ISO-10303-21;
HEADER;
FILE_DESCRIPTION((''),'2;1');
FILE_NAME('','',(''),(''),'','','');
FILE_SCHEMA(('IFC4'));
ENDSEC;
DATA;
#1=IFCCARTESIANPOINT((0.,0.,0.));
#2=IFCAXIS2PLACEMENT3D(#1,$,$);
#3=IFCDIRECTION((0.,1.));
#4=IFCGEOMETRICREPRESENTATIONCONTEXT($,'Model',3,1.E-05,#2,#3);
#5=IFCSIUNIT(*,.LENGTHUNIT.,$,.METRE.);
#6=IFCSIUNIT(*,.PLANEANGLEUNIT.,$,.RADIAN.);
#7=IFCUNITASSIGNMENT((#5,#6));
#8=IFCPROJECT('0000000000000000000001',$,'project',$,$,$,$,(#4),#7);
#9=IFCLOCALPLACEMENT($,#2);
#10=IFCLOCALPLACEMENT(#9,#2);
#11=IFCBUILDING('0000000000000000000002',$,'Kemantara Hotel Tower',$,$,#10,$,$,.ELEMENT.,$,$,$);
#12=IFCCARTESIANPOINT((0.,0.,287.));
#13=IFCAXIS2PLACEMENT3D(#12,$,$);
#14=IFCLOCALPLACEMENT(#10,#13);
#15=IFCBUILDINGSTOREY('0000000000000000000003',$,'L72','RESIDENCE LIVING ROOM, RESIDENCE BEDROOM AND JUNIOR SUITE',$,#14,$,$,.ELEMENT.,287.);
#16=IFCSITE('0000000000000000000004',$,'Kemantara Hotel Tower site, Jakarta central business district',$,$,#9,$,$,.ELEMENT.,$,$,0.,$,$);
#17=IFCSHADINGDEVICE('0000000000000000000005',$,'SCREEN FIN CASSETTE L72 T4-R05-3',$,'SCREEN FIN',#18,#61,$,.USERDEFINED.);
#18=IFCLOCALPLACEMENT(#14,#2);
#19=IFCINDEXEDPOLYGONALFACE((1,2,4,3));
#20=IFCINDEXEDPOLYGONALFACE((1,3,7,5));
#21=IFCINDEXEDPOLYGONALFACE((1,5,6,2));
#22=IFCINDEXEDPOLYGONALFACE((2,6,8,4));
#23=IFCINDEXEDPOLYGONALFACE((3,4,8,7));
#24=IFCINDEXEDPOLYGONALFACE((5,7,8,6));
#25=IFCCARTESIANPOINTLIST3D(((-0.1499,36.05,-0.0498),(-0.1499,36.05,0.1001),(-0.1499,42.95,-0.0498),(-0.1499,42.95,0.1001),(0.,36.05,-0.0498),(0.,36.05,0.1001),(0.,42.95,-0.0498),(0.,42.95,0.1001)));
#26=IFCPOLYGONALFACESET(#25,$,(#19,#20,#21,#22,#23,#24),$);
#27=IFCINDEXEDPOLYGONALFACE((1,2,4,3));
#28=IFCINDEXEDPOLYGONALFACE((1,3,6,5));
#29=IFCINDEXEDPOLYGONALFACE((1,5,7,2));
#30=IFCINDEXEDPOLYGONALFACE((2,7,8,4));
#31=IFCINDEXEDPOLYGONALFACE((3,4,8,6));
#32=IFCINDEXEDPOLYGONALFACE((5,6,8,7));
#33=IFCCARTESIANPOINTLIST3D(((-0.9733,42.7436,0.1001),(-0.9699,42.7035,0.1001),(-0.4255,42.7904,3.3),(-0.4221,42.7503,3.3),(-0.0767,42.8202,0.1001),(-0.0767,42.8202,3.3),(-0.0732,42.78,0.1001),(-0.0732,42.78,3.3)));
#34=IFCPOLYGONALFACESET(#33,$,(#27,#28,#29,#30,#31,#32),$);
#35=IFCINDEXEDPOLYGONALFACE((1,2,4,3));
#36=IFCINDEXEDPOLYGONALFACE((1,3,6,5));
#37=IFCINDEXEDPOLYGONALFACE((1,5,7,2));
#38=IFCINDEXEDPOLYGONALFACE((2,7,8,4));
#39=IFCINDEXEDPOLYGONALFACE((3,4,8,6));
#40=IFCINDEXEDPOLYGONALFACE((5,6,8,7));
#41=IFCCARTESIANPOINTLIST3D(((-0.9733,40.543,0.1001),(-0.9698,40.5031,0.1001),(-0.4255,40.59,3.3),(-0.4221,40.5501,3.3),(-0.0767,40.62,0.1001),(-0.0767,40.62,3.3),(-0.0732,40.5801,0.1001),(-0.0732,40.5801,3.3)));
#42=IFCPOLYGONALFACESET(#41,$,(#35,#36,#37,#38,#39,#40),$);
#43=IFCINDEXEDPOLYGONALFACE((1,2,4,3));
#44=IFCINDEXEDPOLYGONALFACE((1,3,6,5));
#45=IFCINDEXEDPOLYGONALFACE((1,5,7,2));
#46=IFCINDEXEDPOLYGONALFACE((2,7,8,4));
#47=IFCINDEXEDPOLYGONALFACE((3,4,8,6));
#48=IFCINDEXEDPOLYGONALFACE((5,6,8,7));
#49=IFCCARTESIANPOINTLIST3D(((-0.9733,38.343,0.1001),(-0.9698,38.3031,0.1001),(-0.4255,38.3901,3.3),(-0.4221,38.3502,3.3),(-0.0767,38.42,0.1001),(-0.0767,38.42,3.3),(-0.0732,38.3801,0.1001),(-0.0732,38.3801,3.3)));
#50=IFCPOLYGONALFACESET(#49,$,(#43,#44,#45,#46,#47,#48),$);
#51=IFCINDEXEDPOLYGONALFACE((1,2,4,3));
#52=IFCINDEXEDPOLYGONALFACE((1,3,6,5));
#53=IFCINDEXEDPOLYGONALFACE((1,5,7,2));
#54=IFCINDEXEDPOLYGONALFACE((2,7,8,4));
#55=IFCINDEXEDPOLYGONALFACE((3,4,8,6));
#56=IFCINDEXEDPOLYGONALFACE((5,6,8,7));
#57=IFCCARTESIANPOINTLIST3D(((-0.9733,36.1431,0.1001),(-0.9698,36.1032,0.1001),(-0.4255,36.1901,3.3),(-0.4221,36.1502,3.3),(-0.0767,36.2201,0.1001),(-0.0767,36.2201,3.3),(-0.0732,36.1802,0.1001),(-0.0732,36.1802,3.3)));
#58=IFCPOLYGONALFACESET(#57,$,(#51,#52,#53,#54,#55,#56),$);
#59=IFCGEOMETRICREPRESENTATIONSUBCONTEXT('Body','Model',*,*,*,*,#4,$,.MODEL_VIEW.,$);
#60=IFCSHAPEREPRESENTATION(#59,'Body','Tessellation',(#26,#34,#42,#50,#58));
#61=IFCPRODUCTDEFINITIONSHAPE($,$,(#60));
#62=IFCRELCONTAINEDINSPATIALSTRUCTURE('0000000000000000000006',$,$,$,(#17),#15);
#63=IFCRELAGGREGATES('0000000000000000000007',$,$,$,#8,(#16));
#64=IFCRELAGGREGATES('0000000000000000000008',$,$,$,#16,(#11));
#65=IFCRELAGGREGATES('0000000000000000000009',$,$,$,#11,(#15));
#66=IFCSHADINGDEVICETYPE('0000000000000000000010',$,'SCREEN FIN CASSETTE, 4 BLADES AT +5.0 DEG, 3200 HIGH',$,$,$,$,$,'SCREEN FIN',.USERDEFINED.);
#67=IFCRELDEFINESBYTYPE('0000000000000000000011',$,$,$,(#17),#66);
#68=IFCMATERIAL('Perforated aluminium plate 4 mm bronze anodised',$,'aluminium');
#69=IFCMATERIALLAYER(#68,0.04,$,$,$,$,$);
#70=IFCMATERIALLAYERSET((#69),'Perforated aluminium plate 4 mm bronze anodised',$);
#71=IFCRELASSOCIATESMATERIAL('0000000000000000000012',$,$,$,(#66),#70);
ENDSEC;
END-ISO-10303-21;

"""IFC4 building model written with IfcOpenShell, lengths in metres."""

from ifc_helpers import new_model, si_unit, direction, frame, origin, origin_2d, place, context, subcontext, project, spatial, polyline, rectangle, outline, extrude, source, transform, mapped, material, layer, layer_set, type_object, element, save


model = new_model("IFC4")

# Units and contexts
model_context = context("Model", 3, precision=1e-05, world=origin(), true_north=direction((0.0, 1.0)))
body_context = subcontext(model_context, "Body", "Model", "MODEL_VIEW")
ifc_project = project(units=[si_unit("LENGTHUNIT", "METRE"), si_unit("PLANEANGLEUNIT", "RADIAN")], contexts=[model_context])

# Site, building, storey
site_placement = place(None, origin())
site = spatial("IfcSite", under=ifc_project, at=site_placement, Name="Kemantara Hotel Tower site, Jakarta central business district", CompositionType="ELEMENT", RefElevation=0.0)
building_placement = place(site_placement, origin())
building = spatial("IfcBuilding", under=site, at=building_placement, Name="Kemantara Hotel Tower", CompositionType="ELEMENT")
storey_placement = place(building_placement, frame((0.0, 0.0, 287.0)))
storey = spatial("IfcBuildingStorey", under=building, at=storey_placement, Name="L72", Description="RESIDENCE LIVING ROOM, RESIDENCE BEDROOM AND JUNIOR SUITE", CompositionType="ELEMENT", Elevation=287.0)

# Shading device
ifc_material_1 = material(Name="Perforated aluminium plate 4 mm bronze anodised", Category="aluminium")
ifc_layer_1 = layer(ifc_material_1, 0.04)
ifc_layer_set_1 = layer_set([ifc_layer_1], Name="Perforated aluminium plate 4 mm bronze anodised")
shading_device_type = type_object("IfcShadingDeviceType", Name="SCREEN FIN CASSETTE, 4 BLADES AT +5.0 DEG, 3200 HIGH", ElementType="SCREEN FIN", PredefinedType="USERDEFINED", material=ifc_layer_set_1)
shared_shape = source(origin(), body_context, "Body", "SweptSolid", [
    extrude(rectangle(XDim=6.8999, YDim=0.1499, at=origin_2d()), frame((3.3, -0.075, -0.1499), z_axis=(0.0, 0.0, 1.0), x_axis=(1.0, 0.0, 0.0)), (0.0, 0.0, 1.0), 0.1499),
    extrude(outline(polyline([(0.0, 0.0), (0.8999, 0.0), (0.3501, 3.2), (0.0, 3.2), (0.0, 0.0)])), frame((0.02, -0.0732, 0.0), z_axis=(-0.996376, -0.085056, 0.0), x_axis=(0.085056, -0.996376, 0.0)), (0.0, 0.0, 1.0), 0.0403),
    extrude(outline(polyline([(0.0, 0.0), (0.8999, 0.0), (0.3501, 3.2), (0.0, 3.2), (0.0, 0.0)])), frame((2.22, -0.0732, 0.0), z_axis=(-0.996332, -0.085575, 0.0), x_axis=(0.085575, -0.996332, 0.0)), (0.0, 0.0, 1.0), 0.04),
    extrude(outline(polyline([(0.0, 0.0), (0.8999, 0.0), (0.3501, 3.2), (0.0, 3.2), (0.0, 0.0)])), frame((4.4199, -0.0732, 0.0), z_axis=(-0.996332, -0.085575, 0.0), x_axis=(0.085575, -0.996332, 0.0)), (0.0, 0.0, 1.0), 0.04),
    extrude(outline(polyline([(0.0, 0.0), (0.8999, 0.0), (0.3501, 3.2), (0.0, 3.2), (0.0, 0.0)])), frame((6.6199, -0.0732, 0.0), z_axis=(-0.996332, -0.085575, 0.0), x_axis=(0.085575, -0.996332, 0.0)), (0.0, 0.0, 1.0), 0.04),
])
shading_device_placement = place(storey_placement, frame((0.0, 42.8, 0.1001), z_axis=(0.0, 0.0, 1.0), x_axis=(0.0, -1.0, 0.0)))
element("IfcShadingDevice", 1, at=shading_device_placement, inside=storey, type_object=shading_device_type, Name="SCREEN FIN CASSETTE L72 T4-R05-3", ObjectType="SCREEN FIN", PredefinedType="USERDEFINED", context=body_context, shape_type="MappedRepresentation", body=[
    mapped(shared_shape, transform((0.0, 0.0, 0.0))),
])

save(model, "model.ifc")
